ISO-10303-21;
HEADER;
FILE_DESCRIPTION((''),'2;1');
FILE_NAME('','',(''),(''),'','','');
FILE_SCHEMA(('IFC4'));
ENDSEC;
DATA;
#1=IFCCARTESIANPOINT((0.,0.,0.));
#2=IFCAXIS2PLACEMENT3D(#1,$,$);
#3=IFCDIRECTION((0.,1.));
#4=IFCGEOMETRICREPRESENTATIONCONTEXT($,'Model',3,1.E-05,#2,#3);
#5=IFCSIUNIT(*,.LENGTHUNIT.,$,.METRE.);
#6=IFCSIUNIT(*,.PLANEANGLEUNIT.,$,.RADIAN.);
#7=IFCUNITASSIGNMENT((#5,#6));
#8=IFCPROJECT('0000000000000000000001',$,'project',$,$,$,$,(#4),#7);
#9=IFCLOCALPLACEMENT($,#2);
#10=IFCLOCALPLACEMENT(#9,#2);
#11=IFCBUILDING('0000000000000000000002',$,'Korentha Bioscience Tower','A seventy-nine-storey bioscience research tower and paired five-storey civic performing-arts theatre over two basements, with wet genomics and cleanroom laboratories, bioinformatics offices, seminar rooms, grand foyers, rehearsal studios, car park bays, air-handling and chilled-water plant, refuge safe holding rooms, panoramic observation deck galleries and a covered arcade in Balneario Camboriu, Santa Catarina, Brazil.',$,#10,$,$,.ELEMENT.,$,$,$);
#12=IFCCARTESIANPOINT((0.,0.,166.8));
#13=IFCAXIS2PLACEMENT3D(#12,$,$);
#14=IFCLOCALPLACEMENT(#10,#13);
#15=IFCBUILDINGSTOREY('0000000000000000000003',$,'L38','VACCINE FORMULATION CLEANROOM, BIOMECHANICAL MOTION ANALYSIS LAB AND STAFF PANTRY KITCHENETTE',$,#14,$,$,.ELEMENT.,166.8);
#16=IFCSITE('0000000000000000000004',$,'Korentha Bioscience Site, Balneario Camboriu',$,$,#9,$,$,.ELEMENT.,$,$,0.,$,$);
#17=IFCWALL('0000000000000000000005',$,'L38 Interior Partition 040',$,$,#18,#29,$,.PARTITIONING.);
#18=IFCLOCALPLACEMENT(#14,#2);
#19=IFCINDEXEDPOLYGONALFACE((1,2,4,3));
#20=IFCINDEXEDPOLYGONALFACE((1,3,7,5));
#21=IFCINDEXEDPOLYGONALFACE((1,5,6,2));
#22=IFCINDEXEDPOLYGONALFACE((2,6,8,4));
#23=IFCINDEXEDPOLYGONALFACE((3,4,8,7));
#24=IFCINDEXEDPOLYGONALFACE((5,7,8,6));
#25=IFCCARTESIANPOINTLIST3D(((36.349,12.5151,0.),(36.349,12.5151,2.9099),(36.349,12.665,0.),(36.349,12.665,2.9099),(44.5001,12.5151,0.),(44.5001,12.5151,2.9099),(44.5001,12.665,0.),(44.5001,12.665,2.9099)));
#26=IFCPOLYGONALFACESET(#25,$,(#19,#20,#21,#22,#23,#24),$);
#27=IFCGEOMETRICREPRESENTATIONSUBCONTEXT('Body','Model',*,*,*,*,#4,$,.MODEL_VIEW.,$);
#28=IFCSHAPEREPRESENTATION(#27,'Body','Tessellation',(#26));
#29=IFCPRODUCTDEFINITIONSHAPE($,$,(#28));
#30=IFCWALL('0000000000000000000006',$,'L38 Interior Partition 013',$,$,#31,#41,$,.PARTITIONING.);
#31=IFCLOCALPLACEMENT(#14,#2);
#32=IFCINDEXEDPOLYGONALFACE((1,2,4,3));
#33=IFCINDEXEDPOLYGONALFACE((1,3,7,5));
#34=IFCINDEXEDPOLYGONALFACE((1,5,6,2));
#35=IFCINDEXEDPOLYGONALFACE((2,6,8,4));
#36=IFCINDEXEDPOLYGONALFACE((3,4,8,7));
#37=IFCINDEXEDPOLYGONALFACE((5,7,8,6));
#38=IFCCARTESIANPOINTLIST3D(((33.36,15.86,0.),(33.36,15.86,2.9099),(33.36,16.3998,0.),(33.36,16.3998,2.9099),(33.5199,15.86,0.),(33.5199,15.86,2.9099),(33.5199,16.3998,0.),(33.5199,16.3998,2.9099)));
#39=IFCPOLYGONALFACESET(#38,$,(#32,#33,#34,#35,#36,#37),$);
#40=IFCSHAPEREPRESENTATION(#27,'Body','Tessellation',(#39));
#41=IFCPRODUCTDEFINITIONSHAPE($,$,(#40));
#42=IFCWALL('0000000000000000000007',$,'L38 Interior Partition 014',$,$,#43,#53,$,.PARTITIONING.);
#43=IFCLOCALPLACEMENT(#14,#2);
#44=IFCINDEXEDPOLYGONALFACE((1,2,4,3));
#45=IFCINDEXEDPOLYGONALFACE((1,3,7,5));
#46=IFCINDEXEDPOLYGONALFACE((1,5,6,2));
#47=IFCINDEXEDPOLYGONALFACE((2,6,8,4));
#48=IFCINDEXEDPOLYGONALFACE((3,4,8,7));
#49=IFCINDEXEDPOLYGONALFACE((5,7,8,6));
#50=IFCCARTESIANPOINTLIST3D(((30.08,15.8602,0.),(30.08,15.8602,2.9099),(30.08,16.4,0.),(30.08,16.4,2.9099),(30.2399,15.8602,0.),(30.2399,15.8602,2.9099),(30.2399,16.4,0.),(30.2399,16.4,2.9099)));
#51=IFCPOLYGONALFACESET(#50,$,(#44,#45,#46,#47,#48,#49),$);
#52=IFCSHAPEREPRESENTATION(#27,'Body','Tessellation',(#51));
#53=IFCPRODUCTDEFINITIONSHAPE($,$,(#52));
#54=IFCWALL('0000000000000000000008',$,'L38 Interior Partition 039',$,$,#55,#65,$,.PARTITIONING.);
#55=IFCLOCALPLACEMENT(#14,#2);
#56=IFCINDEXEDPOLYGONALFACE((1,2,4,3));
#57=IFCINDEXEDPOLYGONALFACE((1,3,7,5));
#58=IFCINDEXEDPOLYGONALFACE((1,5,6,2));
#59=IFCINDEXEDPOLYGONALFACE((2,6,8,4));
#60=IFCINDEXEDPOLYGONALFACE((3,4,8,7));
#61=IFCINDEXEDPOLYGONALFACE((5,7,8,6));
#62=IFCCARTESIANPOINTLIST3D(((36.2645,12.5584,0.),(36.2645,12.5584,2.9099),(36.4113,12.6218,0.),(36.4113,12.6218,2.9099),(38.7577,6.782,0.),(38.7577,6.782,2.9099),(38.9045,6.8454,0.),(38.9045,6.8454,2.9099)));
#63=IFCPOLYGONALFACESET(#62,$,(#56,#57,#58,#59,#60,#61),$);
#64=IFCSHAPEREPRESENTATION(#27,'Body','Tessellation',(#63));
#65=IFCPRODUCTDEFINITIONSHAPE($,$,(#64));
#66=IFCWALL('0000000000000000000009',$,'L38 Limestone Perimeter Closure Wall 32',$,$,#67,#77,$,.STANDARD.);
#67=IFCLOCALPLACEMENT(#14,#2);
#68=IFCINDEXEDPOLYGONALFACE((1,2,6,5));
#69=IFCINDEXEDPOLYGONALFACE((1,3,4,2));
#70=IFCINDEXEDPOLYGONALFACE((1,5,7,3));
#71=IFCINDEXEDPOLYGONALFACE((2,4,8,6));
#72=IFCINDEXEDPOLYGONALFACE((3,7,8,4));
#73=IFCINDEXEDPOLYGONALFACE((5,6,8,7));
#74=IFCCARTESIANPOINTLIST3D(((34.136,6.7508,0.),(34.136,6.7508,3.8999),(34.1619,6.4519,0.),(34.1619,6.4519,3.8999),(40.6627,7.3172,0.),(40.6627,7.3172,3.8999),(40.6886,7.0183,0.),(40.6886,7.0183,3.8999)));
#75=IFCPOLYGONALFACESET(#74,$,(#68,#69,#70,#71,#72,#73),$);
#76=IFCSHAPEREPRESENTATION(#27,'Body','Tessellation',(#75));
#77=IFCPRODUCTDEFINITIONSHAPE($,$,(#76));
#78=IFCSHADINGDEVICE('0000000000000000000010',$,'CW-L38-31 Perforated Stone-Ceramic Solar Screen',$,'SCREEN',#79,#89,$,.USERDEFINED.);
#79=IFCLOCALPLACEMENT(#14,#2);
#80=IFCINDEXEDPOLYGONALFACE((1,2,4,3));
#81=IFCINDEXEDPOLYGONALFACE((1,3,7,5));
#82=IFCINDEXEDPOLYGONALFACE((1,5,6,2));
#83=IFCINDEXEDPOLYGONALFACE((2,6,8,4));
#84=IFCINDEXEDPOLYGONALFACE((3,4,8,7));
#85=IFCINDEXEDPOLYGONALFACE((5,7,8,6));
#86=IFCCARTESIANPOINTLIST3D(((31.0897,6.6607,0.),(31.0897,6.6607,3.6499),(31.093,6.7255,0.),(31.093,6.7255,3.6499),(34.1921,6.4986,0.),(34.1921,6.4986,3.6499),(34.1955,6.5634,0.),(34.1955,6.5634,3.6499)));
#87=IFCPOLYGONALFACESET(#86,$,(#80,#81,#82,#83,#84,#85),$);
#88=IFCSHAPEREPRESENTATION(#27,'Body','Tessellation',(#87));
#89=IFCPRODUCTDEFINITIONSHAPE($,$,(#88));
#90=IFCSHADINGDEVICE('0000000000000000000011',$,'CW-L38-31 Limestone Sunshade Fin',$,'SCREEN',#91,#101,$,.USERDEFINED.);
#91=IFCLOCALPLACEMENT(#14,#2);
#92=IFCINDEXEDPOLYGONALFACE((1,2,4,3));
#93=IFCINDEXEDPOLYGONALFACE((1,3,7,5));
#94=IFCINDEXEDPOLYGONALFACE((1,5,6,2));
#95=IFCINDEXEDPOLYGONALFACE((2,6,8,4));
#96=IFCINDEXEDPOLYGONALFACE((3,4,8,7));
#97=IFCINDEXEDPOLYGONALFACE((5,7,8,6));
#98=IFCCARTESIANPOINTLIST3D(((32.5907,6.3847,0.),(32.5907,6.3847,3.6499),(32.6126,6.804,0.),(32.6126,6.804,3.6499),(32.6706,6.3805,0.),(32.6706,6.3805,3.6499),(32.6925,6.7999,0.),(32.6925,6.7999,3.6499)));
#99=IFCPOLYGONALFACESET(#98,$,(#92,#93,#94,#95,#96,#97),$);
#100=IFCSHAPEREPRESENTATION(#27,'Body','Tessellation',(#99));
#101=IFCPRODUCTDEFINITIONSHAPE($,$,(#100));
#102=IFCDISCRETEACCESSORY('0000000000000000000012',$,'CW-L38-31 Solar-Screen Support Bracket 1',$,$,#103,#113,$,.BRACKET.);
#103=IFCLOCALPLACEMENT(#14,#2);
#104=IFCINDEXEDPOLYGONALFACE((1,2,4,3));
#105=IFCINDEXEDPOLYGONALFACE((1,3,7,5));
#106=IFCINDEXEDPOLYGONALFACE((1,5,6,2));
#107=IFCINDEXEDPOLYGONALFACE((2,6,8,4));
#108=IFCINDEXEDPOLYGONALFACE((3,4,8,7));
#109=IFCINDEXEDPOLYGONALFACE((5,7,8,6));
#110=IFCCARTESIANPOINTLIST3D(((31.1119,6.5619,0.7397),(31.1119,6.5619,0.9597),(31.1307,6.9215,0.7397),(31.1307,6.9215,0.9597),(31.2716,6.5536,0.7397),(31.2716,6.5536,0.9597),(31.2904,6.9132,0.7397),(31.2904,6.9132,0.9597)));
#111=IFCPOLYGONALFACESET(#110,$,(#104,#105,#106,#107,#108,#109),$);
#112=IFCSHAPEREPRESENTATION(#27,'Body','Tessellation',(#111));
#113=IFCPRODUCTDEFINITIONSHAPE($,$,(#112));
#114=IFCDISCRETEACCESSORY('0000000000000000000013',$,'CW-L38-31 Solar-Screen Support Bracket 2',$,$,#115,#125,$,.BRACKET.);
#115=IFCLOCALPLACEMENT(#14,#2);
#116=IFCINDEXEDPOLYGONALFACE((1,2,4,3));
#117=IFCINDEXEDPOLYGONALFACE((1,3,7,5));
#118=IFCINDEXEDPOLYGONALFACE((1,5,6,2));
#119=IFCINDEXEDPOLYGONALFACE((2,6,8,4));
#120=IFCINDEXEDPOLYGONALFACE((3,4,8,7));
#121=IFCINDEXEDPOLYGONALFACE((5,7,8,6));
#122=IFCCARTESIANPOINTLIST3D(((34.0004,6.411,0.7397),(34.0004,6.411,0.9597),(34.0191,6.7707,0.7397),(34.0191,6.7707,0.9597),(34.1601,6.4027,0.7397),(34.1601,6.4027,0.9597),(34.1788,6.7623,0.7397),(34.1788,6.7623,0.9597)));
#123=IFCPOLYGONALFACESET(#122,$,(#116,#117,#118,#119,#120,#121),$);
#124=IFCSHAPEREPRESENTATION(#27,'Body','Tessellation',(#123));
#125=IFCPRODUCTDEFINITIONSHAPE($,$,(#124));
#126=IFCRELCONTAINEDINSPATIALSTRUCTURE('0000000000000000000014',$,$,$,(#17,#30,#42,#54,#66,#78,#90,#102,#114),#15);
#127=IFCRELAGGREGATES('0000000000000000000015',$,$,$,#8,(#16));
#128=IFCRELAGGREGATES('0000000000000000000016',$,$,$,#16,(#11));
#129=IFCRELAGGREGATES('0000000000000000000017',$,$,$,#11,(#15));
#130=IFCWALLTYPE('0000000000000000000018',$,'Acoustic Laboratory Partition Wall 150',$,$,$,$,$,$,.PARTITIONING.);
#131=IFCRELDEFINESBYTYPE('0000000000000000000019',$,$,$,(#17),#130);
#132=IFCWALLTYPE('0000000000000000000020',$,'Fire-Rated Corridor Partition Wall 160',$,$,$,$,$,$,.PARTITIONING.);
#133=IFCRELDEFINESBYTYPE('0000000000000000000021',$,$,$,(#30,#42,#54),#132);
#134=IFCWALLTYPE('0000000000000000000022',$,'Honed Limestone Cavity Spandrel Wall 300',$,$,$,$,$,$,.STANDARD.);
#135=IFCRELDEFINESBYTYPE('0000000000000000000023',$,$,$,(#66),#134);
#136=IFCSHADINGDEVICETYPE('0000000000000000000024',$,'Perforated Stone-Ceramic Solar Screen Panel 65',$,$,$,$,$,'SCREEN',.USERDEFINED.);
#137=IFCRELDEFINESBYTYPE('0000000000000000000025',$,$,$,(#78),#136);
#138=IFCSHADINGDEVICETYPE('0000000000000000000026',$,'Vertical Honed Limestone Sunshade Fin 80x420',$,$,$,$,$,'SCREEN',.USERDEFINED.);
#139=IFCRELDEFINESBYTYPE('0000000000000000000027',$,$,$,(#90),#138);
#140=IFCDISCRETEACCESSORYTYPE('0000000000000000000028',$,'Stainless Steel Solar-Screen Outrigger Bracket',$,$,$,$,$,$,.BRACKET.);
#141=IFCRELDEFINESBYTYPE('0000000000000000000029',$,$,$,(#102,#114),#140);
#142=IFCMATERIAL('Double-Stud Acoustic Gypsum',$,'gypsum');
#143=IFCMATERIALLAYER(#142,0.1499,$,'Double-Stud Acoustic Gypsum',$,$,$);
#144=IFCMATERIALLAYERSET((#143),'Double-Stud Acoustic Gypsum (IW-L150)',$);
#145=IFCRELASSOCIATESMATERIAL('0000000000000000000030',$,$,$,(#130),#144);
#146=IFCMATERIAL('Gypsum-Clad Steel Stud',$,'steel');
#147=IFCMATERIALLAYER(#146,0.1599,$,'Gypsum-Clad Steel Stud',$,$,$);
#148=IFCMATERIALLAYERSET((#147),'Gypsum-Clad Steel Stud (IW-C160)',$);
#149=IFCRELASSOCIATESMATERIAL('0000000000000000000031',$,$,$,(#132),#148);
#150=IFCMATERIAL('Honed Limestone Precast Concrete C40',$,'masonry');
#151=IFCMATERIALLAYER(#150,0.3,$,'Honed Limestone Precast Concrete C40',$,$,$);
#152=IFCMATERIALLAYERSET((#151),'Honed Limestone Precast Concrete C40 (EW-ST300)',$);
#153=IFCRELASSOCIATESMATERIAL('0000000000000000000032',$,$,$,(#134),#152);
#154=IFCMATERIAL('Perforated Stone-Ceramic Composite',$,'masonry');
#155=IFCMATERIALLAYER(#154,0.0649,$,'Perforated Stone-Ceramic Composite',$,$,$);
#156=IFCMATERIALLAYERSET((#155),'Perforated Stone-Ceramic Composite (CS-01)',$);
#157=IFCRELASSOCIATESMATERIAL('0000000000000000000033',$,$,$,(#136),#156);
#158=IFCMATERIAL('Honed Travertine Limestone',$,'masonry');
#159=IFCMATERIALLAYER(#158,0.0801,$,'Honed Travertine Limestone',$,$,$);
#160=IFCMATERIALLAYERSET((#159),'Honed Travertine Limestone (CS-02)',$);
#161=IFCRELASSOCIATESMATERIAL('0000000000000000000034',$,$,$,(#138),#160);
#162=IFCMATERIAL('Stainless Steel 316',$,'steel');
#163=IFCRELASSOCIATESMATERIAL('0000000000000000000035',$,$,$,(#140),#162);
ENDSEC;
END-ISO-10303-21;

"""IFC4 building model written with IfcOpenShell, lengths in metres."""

from ifc_helpers import new_model, si_unit, direction, frame, frame_2d, origin, origin_2d, place, context, subcontext, project, spatial, rectangle, extrude, material, layer, layer_set, type_object, element, save


model = new_model("IFC4")

# Units and contexts
model_context = context("Model", 3, precision=1e-05, world=origin(), true_north=direction((0.0, 1.0)))
body_context = subcontext(model_context, "Body", "Model", "MODEL_VIEW")
ifc_project = project(units=[si_unit("LENGTHUNIT", "METRE"), si_unit("PLANEANGLEUNIT", "RADIAN")], contexts=[model_context])

# Site, building, storey
site_placement = place(None, origin())
site = spatial("IfcSite", under=ifc_project, at=site_placement, Name="Korentha Bioscience Site, Balneario Camboriu", CompositionType="ELEMENT", RefElevation=0.0)
building_placement = place(site_placement, origin())
building = spatial("IfcBuilding", under=site, at=building_placement, Name="Korentha Bioscience Tower", Description="A seventy-nine-storey bioscience research tower and paired five-storey civic performing-arts theatre over two basements, with wet genomics and cleanroom laboratories, bioinformatics offices, seminar rooms, grand foyers, rehearsal studios, car park bays, air-handling and chilled-water plant, refuge safe holding rooms, panoramic observation deck galleries and a covered arcade in Balneario Camboriu, Santa Catarina, Brazil.", CompositionType="ELEMENT")
storey_placement = place(building_placement, frame((0.0, 0.0, 166.8)))
storey = spatial("IfcBuildingStorey", under=building, at=storey_placement, Name="L38", Description="VACCINE FORMULATION CLEANROOM, BIOMECHANICAL MOTION ANALYSIS LAB AND STAFF PANTRY KITCHENETTE", CompositionType="ELEMENT", Elevation=166.8)

# Wall
ifc_material_1 = material(Name="Double-Stud Acoustic Gypsum", Category="gypsum")
ifc_layer_1 = layer(ifc_material_1, 0.1499, Name="Double-Stud Acoustic Gypsum")
ifc_layer_set_1 = layer_set([ifc_layer_1], Name="Double-Stud Acoustic Gypsum (IW-L150)")
wall_type_1 = type_object("IfcWallType", Name="Acoustic Laboratory Partition Wall 150", PredefinedType="PARTITIONING", material=ifc_layer_set_1)
wall_1_placement = place(storey_placement, frame((36.3489, 12.5901, 0.0), z_axis=(0.0, 0.0, 1.0), x_axis=(1.0, 0.0, 0.0)))
element("IfcWall", 1, at=wall_1_placement, inside=storey, type_object=wall_type_1, Name="L38 Interior Partition 040", PredefinedType="PARTITIONING", context=body_context, shape_type="SweptSolid", body=[
    extrude(rectangle(XDim=8.1511, YDim=0.1499, at=frame_2d((4.0757, 0.0))), origin(), (0.0, 0.0, 1.0), 2.9099),
])

# Shared definitions
ifc_material_2 = material(Name="Gypsum-Clad Steel Stud", Category="steel")
ifc_layer_2 = layer(ifc_material_2, 0.1599, Name="Gypsum-Clad Steel Stud")
ifc_layer_set_2 = layer_set([ifc_layer_2], Name="Gypsum-Clad Steel Stud (IW-C160)")
wall_type_2 = type_object("IfcWallType", Name="Fire-Rated Corridor Partition Wall 160", PredefinedType="PARTITIONING", material=ifc_layer_set_2)

# Walls
for number, where, z_axis, x_axis, name in (
    (2, (33.4399, 16.3999, 0.0), (0.0, 0.0, 1.0), (0.0, -1.0, 0.0), "L38 Interior Partition 013"),
    (3, (30.1599, 15.8601, 0.0), (0.0, 0.0, 1.0), (0.0, 1.0, 0.0), "L38 Interior Partition 014"),
):
    element("IfcWall", number, at=place(storey_placement, frame(where, z_axis=z_axis, x_axis=x_axis)), inside=storey, type_object=wall_type_2, Name=name, PredefinedType="PARTITIONING", context=body_context, shape_type="SweptSolid", body=[
        extrude(rectangle(XDim=0.5398, YDim=0.1599, at=frame_2d((0.27, 0.0))), origin(), (0.0, 0.0, 1.0), 2.9099),
    ])
wall_2_placement = place(storey_placement, frame((36.3379, 12.5901, 0.0), z_axis=(0.0, 0.0, 1.0), x_axis=(0.396278, -0.91813, 0.0)))
element("IfcWall", 4, at=wall_2_placement, inside=storey, type_object=wall_type_2, Name="L38 Interior Partition 039", PredefinedType="PARTITIONING", context=body_context, shape_type="SweptSolid", body=[
    extrude(rectangle(XDim=6.2915, YDim=0.1599, at=frame_2d((3.1458, 0.0))), origin(), (0.0, 0.0, 1.0), 2.9099),
])
ifc_material_3 = material(Name="Honed Limestone Precast Concrete C40", Category="masonry")
ifc_layer_3 = layer(ifc_material_3, 0.3, Name="Honed Limestone Precast Concrete C40")
ifc_layer_set_3 = layer_set([ifc_layer_3], Name="Honed Limestone Precast Concrete C40 (EW-ST300)")
wall_type_3 = type_object("IfcWallType", Name="Honed Limestone Cavity Spandrel Wall 300", PredefinedType="STANDARD", material=ifc_layer_set_3)
wall_3_placement = place(storey_placement, frame((34.1489, 6.6013, 0.0), z_axis=(0.0, 0.0, 1.0), x_axis=(0.996256, 0.086456, 0.0)))
element("IfcWall", 5, at=wall_3_placement, inside=storey, type_object=wall_type_3, Name="L38 Limestone Perimeter Closure Wall 32", PredefinedType="STANDARD", context=body_context, shape_type="SweptSolid", body=[
    extrude(rectangle(XDim=6.5513, YDim=0.3, at=frame_2d((3.2756, 0.0))), origin(), (0.0, 0.0, 1.0), 3.8999),
])

# Shading devices
ifc_material_4 = material(Name="Perforated Stone-Ceramic Composite", Category="masonry")
ifc_layer_4 = layer(ifc_material_4, 0.0649, Name="Perforated Stone-Ceramic Composite")
ifc_layer_set_4 = layer_set([ifc_layer_4], Name="Perforated Stone-Ceramic Composite (CS-01)")
shading_device_type_1 = type_object("IfcShadingDeviceType", Name="Perforated Stone-Ceramic Solar Screen Panel 65", ElementType="SCREEN", PredefinedType="USERDEFINED", material=ifc_layer_set_4)
shading_device_1_placement = place(storey_placement, frame((32.6426, 6.6121, 0.0), z_axis=(0.0, 0.0, 1.0), x_axis=(0.998638, -0.05218, 0.0)))
element("IfcShadingDevice", 6, at=shading_device_1_placement, inside=storey, type_object=shading_device_type_1, Name="CW-L38-31 Perforated Stone-Ceramic Solar Screen", ObjectType="SCREEN", PredefinedType="USERDEFINED", context=body_context, shape_type="SweptSolid", body=[
    extrude(rectangle(XDim=3.1067, YDim=0.0649, at=origin_2d()), origin(), (0.0, 0.0, 1.0), 3.6499),
])
ifc_material_5 = material(Name="Honed Travertine Limestone", Category="masonry")
ifc_layer_5 = layer(ifc_material_5, 0.0801, Name="Honed Travertine Limestone")
ifc_layer_set_5 = layer_set([ifc_layer_5], Name="Honed Travertine Limestone (CS-02)")
shading_device_type_2 = type_object("IfcShadingDeviceType", Name="Vertical Honed Limestone Sunshade Fin 80x420", ElementType="SCREEN", PredefinedType="USERDEFINED", material=ifc_layer_set_5)
shading_device_2_placement = place(storey_placement, frame((32.6416, 6.5923, 0.0), z_axis=(0.0, 0.0, 1.0), x_axis=(0.998638, -0.05218, 0.0)))
element("IfcShadingDevice", 7, at=shading_device_2_placement, inside=storey, type_object=shading_device_type_2, Name="CW-L38-31 Limestone Sunshade Fin", ObjectType="SCREEN", PredefinedType="USERDEFINED", context=body_context, shape_type="SweptSolid", body=[
    extrude(rectangle(XDim=0.0801, YDim=0.4199, at=origin_2d()), origin(), (0.0, 0.0, 1.0), 3.6499),
])

# Discrete accessories
ifc_material_6 = material(Name="Stainless Steel 316", Category="steel")
discrete_accessory_type = type_object("IfcDiscreteAccessoryType", Name="Stainless Steel Solar-Screen Outrigger Bracket", PredefinedType="BRACKET", material=ifc_material_6)
for number, where, z_axis, x_axis, name in (
    (8, (31.2012, 6.7375, 0.7397), (0.0, 0.0, 1.0), (0.998638, -0.05218, 0.0), "CW-L38-31 Solar-Screen Support Bracket 1"),
    (9, (34.0896, 6.5867, 0.7397), (0.0, 0.0, 1.0), (0.998638, -0.05218, 0.0), "CW-L38-31 Solar-Screen Support Bracket 2"),
):
    element("IfcDiscreteAccessory", number, at=place(storey_placement, frame(where, z_axis=z_axis, x_axis=x_axis)), inside=storey, type_object=discrete_accessory_type, Name=name, PredefinedType="BRACKET", context=body_context, shape_type="SweptSolid", body=[
        extrude(rectangle(XDim=0.1599, YDim=0.3601, at=origin_2d()), origin(), (0.0, 0.0, 1.0), 0.22),
    ])

save(model, "model.ifc")
